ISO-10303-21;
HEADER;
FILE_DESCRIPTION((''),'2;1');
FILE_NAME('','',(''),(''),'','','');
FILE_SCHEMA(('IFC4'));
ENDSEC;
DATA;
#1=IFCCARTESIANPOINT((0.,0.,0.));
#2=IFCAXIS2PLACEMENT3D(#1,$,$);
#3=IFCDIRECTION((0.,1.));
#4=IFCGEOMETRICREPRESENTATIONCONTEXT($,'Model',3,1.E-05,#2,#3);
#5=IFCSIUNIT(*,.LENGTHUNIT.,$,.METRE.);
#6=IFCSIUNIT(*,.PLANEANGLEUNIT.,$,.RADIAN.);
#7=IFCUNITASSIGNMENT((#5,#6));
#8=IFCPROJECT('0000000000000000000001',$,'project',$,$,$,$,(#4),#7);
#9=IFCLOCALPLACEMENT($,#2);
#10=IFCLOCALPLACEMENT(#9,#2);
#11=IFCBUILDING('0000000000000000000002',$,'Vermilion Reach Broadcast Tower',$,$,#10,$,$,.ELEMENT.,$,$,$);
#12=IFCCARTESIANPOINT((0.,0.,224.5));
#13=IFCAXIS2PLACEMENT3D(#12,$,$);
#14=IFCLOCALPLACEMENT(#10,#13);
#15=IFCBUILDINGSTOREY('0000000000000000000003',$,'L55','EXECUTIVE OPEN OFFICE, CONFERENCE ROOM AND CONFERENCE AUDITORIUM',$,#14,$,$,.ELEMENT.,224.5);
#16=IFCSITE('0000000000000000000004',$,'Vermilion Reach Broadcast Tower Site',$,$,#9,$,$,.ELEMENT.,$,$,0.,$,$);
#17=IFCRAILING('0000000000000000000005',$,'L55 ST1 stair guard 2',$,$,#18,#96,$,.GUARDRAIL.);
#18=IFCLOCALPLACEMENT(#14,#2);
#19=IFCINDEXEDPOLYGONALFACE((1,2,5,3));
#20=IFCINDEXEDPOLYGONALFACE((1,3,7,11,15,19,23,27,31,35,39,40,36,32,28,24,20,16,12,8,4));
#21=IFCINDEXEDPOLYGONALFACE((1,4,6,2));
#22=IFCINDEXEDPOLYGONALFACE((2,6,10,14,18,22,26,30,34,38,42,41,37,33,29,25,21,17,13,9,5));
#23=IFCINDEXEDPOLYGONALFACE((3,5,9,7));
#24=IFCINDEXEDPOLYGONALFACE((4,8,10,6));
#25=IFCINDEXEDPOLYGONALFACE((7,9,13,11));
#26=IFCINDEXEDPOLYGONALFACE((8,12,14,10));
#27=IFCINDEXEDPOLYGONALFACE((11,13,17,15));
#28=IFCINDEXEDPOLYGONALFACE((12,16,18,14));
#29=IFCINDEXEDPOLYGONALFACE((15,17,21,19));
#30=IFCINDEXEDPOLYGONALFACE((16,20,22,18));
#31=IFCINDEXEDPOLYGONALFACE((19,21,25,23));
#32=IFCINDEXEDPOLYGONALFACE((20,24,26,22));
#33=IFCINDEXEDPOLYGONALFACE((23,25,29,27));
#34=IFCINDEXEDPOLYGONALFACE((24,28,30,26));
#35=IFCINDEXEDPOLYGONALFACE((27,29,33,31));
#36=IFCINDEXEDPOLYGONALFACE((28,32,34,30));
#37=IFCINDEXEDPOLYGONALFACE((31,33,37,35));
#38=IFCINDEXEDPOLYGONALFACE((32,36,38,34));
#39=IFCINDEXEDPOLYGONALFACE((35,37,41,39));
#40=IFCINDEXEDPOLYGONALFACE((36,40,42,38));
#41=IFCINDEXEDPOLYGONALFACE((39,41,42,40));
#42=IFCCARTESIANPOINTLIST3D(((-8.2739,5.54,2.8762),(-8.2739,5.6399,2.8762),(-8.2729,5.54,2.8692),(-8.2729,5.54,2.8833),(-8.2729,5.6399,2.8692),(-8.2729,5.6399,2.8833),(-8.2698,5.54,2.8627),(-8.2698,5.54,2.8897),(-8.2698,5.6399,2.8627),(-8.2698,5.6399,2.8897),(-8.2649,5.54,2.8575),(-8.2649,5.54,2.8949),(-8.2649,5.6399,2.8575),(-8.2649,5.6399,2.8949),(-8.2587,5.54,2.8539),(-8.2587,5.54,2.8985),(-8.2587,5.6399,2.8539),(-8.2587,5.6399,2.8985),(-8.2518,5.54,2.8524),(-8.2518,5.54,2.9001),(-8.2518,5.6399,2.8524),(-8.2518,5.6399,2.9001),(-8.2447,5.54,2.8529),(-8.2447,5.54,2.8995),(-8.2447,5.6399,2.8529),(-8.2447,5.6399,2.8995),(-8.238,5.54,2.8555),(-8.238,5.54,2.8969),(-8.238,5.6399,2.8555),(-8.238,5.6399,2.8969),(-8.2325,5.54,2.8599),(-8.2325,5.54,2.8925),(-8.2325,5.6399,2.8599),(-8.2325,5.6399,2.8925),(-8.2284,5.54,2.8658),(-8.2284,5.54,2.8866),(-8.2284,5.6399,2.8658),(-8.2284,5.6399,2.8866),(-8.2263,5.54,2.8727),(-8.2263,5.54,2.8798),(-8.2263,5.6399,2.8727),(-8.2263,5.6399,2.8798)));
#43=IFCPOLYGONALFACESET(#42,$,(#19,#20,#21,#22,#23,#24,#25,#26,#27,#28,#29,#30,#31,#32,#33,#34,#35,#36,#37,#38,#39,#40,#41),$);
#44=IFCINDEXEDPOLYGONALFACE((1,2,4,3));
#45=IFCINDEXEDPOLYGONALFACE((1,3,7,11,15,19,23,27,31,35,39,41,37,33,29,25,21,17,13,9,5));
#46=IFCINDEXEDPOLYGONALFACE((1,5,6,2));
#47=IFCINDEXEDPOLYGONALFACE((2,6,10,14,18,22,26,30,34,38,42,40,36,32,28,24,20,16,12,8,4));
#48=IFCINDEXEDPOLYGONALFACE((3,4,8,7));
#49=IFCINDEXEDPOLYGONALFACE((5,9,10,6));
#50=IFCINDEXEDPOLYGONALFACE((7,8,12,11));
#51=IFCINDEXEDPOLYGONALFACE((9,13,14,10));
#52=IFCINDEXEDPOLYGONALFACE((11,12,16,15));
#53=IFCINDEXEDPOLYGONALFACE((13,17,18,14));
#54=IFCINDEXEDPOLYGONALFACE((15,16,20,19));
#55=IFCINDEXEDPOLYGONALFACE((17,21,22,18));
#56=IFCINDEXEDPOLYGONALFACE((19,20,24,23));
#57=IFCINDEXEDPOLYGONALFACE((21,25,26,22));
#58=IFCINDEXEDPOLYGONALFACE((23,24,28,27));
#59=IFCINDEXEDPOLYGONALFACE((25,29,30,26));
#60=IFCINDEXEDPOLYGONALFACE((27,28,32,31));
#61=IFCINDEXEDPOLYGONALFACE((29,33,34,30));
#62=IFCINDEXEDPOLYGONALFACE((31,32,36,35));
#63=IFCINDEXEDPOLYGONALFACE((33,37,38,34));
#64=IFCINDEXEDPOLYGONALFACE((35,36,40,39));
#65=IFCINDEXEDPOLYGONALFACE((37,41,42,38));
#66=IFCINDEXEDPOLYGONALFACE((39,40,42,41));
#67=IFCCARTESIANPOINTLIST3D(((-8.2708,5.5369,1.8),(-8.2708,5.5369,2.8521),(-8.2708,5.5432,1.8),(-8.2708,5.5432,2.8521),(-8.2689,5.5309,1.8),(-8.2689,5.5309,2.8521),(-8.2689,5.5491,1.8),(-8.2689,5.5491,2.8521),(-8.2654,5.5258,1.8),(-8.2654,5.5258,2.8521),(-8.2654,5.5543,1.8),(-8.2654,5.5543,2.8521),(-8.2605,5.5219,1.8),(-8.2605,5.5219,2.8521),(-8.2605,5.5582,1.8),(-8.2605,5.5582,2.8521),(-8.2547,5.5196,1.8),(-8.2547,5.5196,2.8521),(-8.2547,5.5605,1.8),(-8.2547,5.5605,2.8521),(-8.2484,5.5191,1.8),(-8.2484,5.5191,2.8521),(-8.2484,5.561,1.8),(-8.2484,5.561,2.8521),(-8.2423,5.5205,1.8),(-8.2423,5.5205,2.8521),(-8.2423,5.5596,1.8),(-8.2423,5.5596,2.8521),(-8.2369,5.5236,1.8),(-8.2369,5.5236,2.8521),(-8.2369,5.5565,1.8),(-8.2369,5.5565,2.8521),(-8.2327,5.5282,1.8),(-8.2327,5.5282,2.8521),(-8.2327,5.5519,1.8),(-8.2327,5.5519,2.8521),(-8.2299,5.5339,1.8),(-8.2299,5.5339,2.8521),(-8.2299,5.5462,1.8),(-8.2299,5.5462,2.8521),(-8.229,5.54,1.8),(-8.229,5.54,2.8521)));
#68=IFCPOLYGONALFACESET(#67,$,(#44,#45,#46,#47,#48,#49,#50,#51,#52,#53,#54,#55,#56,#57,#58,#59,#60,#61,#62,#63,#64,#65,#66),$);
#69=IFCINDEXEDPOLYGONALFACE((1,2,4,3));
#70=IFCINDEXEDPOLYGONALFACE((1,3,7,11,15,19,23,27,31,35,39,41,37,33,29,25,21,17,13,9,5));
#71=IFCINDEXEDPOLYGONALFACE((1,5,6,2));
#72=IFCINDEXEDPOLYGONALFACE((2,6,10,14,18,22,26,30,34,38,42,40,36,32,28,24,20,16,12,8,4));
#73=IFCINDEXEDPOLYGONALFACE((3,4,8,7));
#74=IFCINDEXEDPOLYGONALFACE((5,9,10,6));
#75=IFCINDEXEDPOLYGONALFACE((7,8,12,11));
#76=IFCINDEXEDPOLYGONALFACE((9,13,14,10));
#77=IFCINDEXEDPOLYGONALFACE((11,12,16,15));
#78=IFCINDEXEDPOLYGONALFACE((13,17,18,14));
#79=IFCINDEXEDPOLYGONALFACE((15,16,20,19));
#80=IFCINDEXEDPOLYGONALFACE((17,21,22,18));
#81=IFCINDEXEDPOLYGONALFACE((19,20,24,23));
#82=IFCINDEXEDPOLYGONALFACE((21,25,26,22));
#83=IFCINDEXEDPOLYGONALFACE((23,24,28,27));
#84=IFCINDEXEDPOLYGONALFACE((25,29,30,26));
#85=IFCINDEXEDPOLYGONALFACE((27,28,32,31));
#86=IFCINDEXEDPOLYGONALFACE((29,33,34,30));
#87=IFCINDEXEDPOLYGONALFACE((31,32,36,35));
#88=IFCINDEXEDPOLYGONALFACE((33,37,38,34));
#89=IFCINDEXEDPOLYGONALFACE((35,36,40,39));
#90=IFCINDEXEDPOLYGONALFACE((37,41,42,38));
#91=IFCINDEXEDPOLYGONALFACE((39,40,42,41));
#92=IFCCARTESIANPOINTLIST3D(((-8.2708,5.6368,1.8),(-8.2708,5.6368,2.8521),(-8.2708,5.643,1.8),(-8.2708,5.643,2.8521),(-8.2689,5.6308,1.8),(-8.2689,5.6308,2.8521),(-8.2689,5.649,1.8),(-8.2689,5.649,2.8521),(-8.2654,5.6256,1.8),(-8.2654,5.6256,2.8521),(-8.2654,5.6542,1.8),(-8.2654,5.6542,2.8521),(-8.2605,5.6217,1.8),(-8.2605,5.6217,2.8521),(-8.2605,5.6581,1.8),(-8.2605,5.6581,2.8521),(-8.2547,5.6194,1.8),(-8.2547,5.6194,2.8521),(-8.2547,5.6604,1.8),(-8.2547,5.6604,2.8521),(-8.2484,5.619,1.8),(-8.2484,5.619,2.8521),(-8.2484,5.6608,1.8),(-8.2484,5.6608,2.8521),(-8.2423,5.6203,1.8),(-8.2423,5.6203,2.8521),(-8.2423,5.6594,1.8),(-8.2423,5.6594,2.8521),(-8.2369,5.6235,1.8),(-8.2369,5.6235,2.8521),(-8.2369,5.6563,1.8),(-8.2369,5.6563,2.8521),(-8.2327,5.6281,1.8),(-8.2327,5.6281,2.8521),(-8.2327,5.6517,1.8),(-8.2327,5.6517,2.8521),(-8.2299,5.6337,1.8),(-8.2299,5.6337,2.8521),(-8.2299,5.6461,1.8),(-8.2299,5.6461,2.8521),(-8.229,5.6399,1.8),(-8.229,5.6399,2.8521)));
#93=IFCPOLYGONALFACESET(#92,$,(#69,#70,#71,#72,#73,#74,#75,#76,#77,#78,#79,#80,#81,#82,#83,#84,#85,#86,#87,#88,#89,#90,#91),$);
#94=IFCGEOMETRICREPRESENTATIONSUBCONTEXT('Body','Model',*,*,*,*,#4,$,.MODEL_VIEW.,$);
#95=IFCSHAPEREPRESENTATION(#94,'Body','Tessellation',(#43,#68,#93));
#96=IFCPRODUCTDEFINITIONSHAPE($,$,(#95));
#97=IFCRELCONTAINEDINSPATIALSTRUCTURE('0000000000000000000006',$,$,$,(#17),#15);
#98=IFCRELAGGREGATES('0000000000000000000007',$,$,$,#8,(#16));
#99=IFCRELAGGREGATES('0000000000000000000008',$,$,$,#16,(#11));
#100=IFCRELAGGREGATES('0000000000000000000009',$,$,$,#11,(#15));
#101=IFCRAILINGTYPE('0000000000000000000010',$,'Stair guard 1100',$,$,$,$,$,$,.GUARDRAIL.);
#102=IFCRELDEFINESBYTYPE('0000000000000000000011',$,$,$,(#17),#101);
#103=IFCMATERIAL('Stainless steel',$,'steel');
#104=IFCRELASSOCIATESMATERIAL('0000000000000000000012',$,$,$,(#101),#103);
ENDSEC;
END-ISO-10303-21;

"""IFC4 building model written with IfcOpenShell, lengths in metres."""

from ifc_helpers import new_model, si_unit, direction, frame, origin, origin_2d, place, context, subcontext, project, spatial, circle, extrude, material, type_object, element, save


model = new_model("IFC4")

# Units and contexts
model_context = context("Model", 3, precision=1e-05, world=origin(), true_north=direction((0.0, 1.0)))
body_context = subcontext(model_context, "Body", "Model", "MODEL_VIEW")
ifc_project = project(units=[si_unit("LENGTHUNIT", "METRE"), si_unit("PLANEANGLEUNIT", "RADIAN")], contexts=[model_context])

# Site, building, storey
site_placement = place(None, origin())
site = spatial("IfcSite", under=ifc_project, at=site_placement, Name="Vermilion Reach Broadcast Tower Site", CompositionType="ELEMENT", RefElevation=0.0)
building_placement = place(site_placement, origin())
building = spatial("IfcBuilding", under=site, at=building_placement, Name="Vermilion Reach Broadcast Tower", CompositionType="ELEMENT")
storey_placement = place(building_placement, frame((0.0, 0.0, 224.5)))
storey = spatial("IfcBuildingStorey", under=building, at=storey_placement, Name="L55", Description="EXECUTIVE OPEN OFFICE, CONFERENCE ROOM AND CONFERENCE AUDITORIUM", CompositionType="ELEMENT", Elevation=224.5)

# Railing
ifc_material_1 = material(Name="Stainless steel", Category="steel")
railing_type_1 = type_object("IfcRailingType", Name="Stair guard 1100", PredefinedType="GUARDRAIL", material=ifc_material_1)
railing_1_placement = place(storey_placement, frame((-8.25, 5.54, 1.8)))
element("IfcRailing", 1, at=railing_1_placement, inside=storey, type_object=railing_type_1, Name="L55 ST1 stair guard 2", PredefinedType="GUARDRAIL", context=body_context, shape_type="SweptSolid", body=[
    extrude(circle(Radius=0.0239, at=origin_2d()), frame((0.0, 0.0, 1.0762), z_axis=(0.0, 1.0, 0.0), x_axis=(-1.0, 0.0, 0.0)), (0.0, 0.0, 1.0), 0.0999),
    extrude(circle(Radius=0.021, at=origin_2d()), origin(), (0.0, 0.0, 1.0), 1.052),
    extrude(circle(Radius=0.021, at=origin_2d()), frame((0.0, 0.0999, 0.0)), (0.0, 0.0, 1.0), 1.052),
])

save(model, "model.ifc")
